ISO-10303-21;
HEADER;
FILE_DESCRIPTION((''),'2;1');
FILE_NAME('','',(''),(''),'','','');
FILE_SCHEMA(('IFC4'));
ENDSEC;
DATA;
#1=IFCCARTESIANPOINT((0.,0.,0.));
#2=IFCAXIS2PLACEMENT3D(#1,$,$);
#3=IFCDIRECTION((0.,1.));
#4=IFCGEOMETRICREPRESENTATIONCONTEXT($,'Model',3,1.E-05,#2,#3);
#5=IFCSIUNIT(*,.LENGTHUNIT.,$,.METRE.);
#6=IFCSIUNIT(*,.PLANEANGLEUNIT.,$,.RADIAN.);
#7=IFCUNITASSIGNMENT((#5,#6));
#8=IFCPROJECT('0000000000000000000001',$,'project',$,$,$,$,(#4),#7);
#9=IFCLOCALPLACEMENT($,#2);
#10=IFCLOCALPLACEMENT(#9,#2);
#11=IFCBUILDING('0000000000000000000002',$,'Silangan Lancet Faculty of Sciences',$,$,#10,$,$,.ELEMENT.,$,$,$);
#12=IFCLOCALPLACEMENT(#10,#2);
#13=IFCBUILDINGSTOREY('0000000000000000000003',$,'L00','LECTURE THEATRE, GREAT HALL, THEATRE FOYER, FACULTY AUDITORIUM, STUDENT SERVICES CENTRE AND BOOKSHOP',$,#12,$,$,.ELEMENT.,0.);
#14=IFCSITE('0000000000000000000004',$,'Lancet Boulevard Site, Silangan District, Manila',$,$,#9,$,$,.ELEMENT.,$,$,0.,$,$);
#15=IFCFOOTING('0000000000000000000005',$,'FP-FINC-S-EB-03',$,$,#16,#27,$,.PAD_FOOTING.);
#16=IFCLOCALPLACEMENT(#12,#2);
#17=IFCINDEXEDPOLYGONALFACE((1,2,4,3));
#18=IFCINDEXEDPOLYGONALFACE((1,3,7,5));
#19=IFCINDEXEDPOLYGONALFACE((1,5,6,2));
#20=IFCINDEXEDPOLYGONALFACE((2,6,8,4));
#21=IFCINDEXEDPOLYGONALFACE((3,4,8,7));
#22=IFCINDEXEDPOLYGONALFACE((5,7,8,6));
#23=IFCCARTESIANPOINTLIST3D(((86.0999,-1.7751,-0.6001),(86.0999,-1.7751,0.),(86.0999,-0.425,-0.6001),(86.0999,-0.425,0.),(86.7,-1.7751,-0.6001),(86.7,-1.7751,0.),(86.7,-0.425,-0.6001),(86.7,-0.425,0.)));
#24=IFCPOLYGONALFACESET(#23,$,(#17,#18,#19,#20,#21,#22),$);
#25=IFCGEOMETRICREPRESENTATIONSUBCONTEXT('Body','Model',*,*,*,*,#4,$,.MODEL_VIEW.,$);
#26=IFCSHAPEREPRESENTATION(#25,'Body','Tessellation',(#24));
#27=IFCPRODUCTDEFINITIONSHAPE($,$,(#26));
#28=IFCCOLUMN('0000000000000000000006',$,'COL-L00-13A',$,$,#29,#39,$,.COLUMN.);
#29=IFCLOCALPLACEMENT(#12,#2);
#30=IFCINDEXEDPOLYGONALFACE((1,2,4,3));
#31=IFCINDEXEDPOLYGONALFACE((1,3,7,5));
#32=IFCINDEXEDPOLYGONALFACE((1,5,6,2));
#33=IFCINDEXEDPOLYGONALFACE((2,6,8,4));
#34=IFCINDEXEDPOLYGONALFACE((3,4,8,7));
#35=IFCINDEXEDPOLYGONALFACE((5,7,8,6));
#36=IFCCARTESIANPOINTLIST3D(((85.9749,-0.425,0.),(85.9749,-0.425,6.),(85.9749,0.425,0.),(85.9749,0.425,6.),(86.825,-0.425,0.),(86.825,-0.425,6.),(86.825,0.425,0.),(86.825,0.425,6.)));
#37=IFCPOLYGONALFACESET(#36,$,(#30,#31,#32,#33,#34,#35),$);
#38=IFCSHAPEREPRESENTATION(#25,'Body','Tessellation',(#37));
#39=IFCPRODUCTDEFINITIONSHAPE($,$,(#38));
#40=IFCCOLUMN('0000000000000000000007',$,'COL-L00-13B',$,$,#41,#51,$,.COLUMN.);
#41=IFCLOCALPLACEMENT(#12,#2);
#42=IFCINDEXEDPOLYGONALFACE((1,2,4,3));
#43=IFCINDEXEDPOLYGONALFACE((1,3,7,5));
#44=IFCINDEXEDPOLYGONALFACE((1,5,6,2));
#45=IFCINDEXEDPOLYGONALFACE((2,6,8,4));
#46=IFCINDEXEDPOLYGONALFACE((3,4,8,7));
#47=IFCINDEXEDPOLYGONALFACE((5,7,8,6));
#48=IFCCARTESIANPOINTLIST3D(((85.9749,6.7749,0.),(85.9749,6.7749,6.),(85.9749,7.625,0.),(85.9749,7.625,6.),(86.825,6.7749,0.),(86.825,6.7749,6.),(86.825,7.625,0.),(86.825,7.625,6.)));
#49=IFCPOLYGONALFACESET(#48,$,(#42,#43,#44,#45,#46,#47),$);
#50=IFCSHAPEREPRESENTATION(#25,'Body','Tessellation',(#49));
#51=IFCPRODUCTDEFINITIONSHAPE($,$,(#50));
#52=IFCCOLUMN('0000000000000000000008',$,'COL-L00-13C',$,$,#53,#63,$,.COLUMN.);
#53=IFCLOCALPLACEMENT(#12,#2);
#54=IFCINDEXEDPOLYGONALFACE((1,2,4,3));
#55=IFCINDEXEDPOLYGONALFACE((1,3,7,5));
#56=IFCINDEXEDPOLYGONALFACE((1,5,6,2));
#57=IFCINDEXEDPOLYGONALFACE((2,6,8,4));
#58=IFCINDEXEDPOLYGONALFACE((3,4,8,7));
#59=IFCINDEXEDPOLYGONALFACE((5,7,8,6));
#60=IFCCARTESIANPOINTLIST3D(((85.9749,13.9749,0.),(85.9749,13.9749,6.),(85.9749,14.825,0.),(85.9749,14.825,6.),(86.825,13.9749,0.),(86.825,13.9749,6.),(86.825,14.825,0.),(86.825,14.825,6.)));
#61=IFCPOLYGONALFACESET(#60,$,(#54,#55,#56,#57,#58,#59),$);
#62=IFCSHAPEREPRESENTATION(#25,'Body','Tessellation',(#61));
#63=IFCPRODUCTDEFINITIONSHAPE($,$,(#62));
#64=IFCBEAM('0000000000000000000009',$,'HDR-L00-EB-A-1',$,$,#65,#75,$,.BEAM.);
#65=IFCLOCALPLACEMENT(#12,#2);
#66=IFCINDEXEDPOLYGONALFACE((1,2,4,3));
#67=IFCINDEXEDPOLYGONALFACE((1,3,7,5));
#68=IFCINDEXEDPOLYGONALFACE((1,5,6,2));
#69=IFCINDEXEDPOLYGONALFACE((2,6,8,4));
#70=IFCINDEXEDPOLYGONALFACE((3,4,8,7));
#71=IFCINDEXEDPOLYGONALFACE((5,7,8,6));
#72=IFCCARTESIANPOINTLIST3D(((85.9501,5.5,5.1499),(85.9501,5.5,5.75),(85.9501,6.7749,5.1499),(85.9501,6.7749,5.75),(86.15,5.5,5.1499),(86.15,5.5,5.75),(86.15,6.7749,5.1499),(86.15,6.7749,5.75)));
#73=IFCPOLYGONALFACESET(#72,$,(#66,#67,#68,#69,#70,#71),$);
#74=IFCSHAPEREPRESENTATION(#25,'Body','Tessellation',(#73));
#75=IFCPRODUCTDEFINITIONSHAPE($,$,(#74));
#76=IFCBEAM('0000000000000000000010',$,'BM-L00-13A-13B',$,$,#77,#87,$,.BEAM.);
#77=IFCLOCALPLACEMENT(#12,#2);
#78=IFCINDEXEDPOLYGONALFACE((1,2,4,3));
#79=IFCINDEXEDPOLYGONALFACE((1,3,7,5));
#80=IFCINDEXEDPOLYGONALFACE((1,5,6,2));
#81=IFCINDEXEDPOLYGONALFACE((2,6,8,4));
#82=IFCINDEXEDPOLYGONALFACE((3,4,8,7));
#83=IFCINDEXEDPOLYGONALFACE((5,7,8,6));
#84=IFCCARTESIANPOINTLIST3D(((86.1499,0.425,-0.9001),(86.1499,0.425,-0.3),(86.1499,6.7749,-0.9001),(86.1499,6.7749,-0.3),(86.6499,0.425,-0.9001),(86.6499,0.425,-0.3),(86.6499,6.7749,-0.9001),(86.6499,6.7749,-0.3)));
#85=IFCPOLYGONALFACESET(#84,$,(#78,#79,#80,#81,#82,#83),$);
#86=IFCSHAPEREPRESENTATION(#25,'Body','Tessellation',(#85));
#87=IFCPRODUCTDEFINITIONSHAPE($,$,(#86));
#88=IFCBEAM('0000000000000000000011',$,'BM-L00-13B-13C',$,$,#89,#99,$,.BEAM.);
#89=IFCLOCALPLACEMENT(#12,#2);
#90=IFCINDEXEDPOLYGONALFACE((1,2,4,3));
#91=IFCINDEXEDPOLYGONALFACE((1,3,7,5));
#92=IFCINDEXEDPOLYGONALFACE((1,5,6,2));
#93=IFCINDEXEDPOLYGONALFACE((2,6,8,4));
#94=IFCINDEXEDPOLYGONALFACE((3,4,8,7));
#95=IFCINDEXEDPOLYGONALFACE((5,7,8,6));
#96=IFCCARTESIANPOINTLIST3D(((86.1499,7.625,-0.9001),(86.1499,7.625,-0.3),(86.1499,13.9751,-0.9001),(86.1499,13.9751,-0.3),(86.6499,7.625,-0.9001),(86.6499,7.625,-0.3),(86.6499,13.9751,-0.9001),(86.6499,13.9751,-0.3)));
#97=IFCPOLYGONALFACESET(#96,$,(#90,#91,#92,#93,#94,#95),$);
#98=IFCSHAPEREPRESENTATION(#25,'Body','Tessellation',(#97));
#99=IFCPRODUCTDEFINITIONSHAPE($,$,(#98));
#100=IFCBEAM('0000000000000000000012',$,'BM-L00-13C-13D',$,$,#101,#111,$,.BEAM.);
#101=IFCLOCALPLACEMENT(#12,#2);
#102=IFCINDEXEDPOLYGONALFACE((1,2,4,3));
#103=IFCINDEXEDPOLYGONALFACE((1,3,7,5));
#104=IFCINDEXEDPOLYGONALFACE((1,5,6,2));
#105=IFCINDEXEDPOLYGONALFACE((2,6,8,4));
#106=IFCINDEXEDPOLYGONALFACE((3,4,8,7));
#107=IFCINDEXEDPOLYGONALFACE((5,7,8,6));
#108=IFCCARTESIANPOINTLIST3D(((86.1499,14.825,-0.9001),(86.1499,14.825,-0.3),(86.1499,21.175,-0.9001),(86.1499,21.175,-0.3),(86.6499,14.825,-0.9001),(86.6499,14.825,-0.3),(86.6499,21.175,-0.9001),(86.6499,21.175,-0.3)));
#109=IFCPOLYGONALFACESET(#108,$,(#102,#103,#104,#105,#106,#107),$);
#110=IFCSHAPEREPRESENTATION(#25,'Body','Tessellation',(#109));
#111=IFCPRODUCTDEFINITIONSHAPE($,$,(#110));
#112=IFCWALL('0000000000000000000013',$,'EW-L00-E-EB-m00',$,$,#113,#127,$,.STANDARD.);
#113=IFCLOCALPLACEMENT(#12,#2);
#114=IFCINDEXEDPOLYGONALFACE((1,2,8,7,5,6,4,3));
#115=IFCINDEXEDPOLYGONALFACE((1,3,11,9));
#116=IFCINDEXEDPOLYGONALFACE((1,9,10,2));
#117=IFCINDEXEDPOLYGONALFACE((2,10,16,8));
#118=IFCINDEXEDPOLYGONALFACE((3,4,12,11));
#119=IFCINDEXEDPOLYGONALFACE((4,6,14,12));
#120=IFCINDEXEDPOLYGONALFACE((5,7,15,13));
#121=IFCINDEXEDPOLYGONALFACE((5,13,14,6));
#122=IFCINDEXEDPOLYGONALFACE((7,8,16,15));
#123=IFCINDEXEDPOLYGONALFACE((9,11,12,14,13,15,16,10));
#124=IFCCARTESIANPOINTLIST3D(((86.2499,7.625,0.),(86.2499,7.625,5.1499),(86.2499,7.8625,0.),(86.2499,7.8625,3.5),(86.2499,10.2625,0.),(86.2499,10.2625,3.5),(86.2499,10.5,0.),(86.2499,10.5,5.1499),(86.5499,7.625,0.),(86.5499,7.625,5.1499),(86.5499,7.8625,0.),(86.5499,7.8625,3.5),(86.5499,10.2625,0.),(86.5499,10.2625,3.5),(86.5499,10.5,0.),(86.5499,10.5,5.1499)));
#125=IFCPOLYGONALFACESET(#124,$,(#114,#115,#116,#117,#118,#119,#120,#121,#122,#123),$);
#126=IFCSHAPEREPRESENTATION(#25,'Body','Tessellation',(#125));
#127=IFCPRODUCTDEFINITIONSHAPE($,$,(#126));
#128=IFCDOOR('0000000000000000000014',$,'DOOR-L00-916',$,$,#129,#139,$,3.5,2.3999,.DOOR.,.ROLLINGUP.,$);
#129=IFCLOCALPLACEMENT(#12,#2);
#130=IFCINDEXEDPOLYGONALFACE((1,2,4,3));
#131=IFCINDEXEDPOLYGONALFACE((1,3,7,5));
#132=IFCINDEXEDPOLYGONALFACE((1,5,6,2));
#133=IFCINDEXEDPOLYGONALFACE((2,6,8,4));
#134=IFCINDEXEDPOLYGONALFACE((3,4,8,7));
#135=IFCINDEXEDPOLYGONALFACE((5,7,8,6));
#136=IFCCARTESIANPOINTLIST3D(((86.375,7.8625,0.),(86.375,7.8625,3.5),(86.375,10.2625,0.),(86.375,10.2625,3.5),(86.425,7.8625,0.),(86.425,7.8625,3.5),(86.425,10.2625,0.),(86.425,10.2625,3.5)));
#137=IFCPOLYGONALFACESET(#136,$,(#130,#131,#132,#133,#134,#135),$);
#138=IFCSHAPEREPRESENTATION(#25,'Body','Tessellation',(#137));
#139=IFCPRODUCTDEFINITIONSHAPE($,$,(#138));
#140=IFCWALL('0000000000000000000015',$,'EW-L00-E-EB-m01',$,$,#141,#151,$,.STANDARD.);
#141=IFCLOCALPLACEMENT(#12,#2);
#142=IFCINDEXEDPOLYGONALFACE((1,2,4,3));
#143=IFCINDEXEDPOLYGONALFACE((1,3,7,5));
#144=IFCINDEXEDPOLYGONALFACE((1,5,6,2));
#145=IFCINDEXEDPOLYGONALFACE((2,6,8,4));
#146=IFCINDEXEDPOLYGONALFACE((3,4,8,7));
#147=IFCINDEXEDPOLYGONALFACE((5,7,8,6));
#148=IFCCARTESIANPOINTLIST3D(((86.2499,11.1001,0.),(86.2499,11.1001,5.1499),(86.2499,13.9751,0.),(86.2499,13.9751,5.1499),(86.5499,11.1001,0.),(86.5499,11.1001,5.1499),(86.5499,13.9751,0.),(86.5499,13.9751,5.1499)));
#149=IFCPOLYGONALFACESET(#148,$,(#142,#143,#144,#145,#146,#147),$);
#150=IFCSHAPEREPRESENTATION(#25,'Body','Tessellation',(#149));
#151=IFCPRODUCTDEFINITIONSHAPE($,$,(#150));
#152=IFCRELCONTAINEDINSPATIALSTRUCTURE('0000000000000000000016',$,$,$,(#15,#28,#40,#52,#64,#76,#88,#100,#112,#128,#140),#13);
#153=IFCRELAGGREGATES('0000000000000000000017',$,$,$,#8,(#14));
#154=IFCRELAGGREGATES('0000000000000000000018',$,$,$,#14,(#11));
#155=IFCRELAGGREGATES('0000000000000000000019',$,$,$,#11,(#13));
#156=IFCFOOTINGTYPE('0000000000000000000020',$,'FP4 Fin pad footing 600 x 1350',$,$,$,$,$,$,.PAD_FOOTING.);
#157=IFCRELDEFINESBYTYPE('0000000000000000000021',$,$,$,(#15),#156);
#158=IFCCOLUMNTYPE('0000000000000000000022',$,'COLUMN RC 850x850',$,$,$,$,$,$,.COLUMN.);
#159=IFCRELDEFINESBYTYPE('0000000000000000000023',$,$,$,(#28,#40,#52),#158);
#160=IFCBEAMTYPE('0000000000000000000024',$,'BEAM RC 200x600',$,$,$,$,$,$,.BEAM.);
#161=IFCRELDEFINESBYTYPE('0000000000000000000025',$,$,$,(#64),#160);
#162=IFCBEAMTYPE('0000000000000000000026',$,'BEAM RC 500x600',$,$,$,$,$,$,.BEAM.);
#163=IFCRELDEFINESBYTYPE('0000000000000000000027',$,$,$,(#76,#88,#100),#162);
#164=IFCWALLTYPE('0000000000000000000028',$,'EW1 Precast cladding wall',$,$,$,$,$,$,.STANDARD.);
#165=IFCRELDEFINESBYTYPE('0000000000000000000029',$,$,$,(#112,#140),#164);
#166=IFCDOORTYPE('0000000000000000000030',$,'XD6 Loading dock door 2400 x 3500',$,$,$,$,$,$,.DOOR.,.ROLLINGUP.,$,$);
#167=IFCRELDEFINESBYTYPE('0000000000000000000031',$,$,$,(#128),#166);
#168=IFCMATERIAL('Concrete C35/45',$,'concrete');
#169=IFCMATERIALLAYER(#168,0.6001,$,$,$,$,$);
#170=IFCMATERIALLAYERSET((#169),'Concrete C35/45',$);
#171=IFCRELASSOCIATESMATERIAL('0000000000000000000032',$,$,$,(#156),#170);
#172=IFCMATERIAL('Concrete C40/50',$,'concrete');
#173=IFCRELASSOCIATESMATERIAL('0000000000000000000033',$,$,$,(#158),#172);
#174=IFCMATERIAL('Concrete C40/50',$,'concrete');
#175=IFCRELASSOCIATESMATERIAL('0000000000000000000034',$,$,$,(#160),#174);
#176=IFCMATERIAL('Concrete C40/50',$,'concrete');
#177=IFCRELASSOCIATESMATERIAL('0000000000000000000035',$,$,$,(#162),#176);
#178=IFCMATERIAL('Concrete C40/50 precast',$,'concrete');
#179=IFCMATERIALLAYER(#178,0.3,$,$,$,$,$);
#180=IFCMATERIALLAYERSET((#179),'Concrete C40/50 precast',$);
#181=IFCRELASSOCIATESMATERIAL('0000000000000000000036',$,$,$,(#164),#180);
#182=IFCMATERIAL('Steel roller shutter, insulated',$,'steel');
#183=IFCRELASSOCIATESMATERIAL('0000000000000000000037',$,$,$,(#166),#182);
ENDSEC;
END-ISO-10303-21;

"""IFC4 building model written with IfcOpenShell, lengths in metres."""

from ifc_helpers import new_model, si_unit, direction, frame, frame_2d, origin, origin_2d, place, context, subcontext, project, spatial, rectangle, extrude, material, layer, layer_set, material_profile, profile_set, type_object, element, fill, save


model = new_model("IFC4")

# Units and contexts
model_context = context("Model", 3, precision=1e-05, world=origin(), true_north=direction((0.0, 1.0)))
body_context = subcontext(model_context, "Body", "Model", "MODEL_VIEW")
ifc_project = project(units=[si_unit("LENGTHUNIT", "METRE"), si_unit("PLANEANGLEUNIT", "RADIAN")], contexts=[model_context])

# Site, building, storey
site_placement = place(None, origin())
site = spatial("IfcSite", under=ifc_project, at=site_placement, Name="Lancet Boulevard Site, Silangan District, Manila", CompositionType="ELEMENT", RefElevation=0.0)
building_placement = place(site_placement, origin())
building = spatial("IfcBuilding", under=site, at=building_placement, Name="Silangan Lancet Faculty of Sciences", CompositionType="ELEMENT")
storey_placement = place(building_placement, origin())
storey = spatial("IfcBuildingStorey", under=building, at=storey_placement, Name="L00", Description="LECTURE THEATRE, GREAT HALL, THEATRE FOYER, FACULTY AUDITORIUM, STUDENT SERVICES CENTRE AND BOOKSHOP", CompositionType="ELEMENT", Elevation=0.0)

# Footing
ifc_material_1 = material(Name="Concrete C35/45", Category="concrete")
ifc_layer_1 = layer(ifc_material_1, 0.6001)
ifc_layer_set_1 = layer_set([ifc_layer_1], Name="Concrete C35/45")
footing_type = type_object("IfcFootingType", Name="FP4 Fin pad footing 600 x 1350", PredefinedType="PAD_FOOTING", material=ifc_layer_set_1)
footing_placement = place(storey_placement, frame((86.3999, -1.1001, -0.6001), z_axis=(0.0, 0.0, 1.0), x_axis=(1.0, 0.0, 0.0)))
element("IfcFooting", 1, at=footing_placement, inside=storey, type_object=footing_type, Name="FP-FINC-S-EB-03", PredefinedType="PAD_FOOTING", context=body_context, shape_type="SweptSolid", body=[
    extrude(rectangle(XDim=0.6001, YDim=1.3501, at=origin_2d()), origin(), (0.0, 0.0, 1.0), 0.6001),
])

# Columns
ifc_material_2 = material(Name="Concrete C40/50", Category="concrete")
ifc_material_profile_1 = material_profile(ifc_material_2, rectangle(XDim=0.8501, YDim=0.8501, at=origin_2d()), Name="RC 850x850")
ifc_profile_set_1 = profile_set([ifc_material_profile_1], Name="Concrete C40/50")
column_type = type_object("IfcColumnType", Name="COLUMN RC 850x850", PredefinedType="COLUMN", material=ifc_profile_set_1)
for number, where, z_axis, x_axis, name in (
    (2, (86.3999, 0.0, 0.0), (0.0, 0.0, 1.0), (1.0, 0.0, 0.0), "COL-L00-13A"),
    (3, (86.3999, 7.2, 0.0), (0.0, 0.0, 1.0), (1.0, 0.0, 0.0), "COL-L00-13B"),
    (4, (86.3999, 14.3999, 0.0), (0.0, 0.0, 1.0), (1.0, 0.0, 0.0), "COL-L00-13C"),
):
    element("IfcColumn", number, at=place(storey_placement, frame(where, z_axis=z_axis, x_axis=x_axis)), inside=storey, type_object=column_type, Name=name, PredefinedType="COLUMN", context=body_context, shape_type="SweptSolid", body=[
        extrude(rectangle(XDim=0.8501, YDim=0.8501, at=origin_2d()), origin(), (0.0, 0.0, 1.0), 6.0),
    ])

# Beams
ifc_material_3 = material(Name="Concrete C40/50", Category="concrete")
ifc_material_profile_2 = material_profile(ifc_material_3, rectangle(XDim=0.2, YDim=0.6001, at=origin_2d()), Name="RC 200x600")
ifc_profile_set_2 = profile_set([ifc_material_profile_2], Name="Concrete C40/50")
beam_type_1 = type_object("IfcBeamType", Name="BEAM RC 200x600", PredefinedType="BEAM", material=ifc_profile_set_2)
beam_1_placement = place(storey_placement, frame((86.05, 5.5, 5.45), z_axis=(0.0, 1.0, 0.0), x_axis=(-1.0, 0.0, 0.0)))
element("IfcBeam", 5, at=beam_1_placement, inside=storey, type_object=beam_type_1, Name="HDR-L00-EB-A-1", PredefinedType="BEAM", context=body_context, shape_type="SweptSolid", body=[
    extrude(rectangle(XDim=0.2, YDim=0.6001, at=origin_2d()), origin(), (0.0, 0.0, 1.0), 1.2749),
])
ifc_material_4 = material(Name="Concrete C40/50", Category="concrete")
ifc_material_profile_3 = material_profile(ifc_material_4, rectangle(XDim=0.5, YDim=0.6001, at=origin_2d()), Name="RC 500x600")
ifc_profile_set_3 = profile_set([ifc_material_profile_3], Name="Concrete C40/50")
beam_type_2 = type_object("IfcBeamType", Name="BEAM RC 500x600", PredefinedType="BEAM", material=ifc_profile_set_3)
beam_2_placement = place(storey_placement, frame((86.3999, 0.425, -0.6001), z_axis=(0.0, 1.0, 0.0), x_axis=(-1.0, 0.0, 0.0)))
element("IfcBeam", 6, at=beam_2_placement, inside=storey, type_object=beam_type_2, Name="BM-L00-13A-13B", PredefinedType="BEAM", context=body_context, shape_type="SweptSolid", body=[
    extrude(rectangle(XDim=0.5, YDim=0.6001, at=origin_2d()), origin(), (0.0, 0.0, 1.0), 6.3499),
])
for number, where, z_axis, x_axis, name in (
    (7, (86.3999, 7.625, -0.6001), (0.0, 1.0, 0.0), (-1.0, 0.0, 0.0), "BM-L00-13B-13C"),
    (8, (86.3999, 14.825, -0.6001), (0.0, 1.0, 0.0), (-1.0, 0.0, 0.0), "BM-L00-13C-13D"),
):
    element("IfcBeam", number, at=place(storey_placement, frame(where, z_axis=z_axis, x_axis=x_axis)), inside=storey, type_object=beam_type_2, Name=name, PredefinedType="BEAM", context=body_context, shape_type="SweptSolid", body=[
        extrude(rectangle(XDim=0.5, YDim=0.6001, at=origin_2d()), origin(), (0.0, 0.0, 1.0), 6.3501),
    ])

# Wall, opening, door
ifc_material_5 = material(Name="Concrete C40/50 precast", Category="concrete")
ifc_layer_2 = layer(ifc_material_5, 0.3)
ifc_layer_set_2 = layer_set([ifc_layer_2], Name="Concrete C40/50 precast")
wall_type_1 = type_object("IfcWallType", Name="EW1 Precast cladding wall", PredefinedType="STANDARD", material=ifc_layer_set_2)
wall_1_placement = place(storey_placement, frame((86.3999, 7.625, 0.0), z_axis=(0.0, 0.0, 1.0), x_axis=(0.0, 1.0, 0.0)))
wall_1 = element("IfcWall", 9, at=wall_1_placement, inside=storey, type_object=wall_type_1, Name="EW-L00-E-EB-m00", PredefinedType="STANDARD", context=body_context, shape_type="SweptSolid", body=[
    extrude(rectangle(XDim=2.875, YDim=0.3, at=frame_2d((1.4375, 0.0))), origin(), (0.0, 0.0, 1.0), 5.1499),
])
opening_1_placement = place(wall_1_placement, frame((0.2375, 0.0, 0.0)))
opening_1 = element("IfcOpeningElement", 10, at=opening_1_placement, cuts=wall_1, PredefinedType="OPENING", context=body_context, shape_type="SweptSolid", body=[
    extrude(rectangle(XDim=2.3999, YDim=3.5, at=frame_2d((1.2, 1.75))), frame((0.0, 0.1599, 0.0), z_axis=(0.0, -1.0, 0.0), x_axis=(1.0, 0.0, 0.0)), (0.0, 0.0, 1.0), 0.3201),
])
ifc_material_6 = material(Name="Steel roller shutter, insulated", Category="steel")
door_type_1 = type_object("IfcDoorType", Name="XD6 Loading dock door 2400 x 3500", OperationType="ROLLINGUP", PredefinedType="DOOR", material=ifc_material_6)
door_1_placement = place(opening_1_placement, frame((2.3999, 0.0, 0.0), z_axis=(0.0, 0.0, 1.0), x_axis=(-1.0, 0.0, 0.0)))
door_1 = element("IfcDoor", 11, at=door_1_placement, inside=storey, type_object=door_type_1, Name="DOOR-L00-916", OperationType="ROLLINGUP", OverallHeight=3.5, OverallWidth=2.3999, PredefinedType="DOOR", context=body_context, shape_type="SweptSolid", body=[
    extrude(rectangle(XDim=2.3999, YDim=3.5, at=frame_2d((1.2, 1.75))), frame((0.0, 0.0251, 0.0), z_axis=(0.0, -1.0, 0.0), x_axis=(1.0, 0.0, 0.0)), (0.0, 0.0, 1.0), 0.05),
])
fill(opening_1, door_1)

# Wall
wall_2_placement = place(storey_placement, frame((86.3999, 11.1001, 0.0), z_axis=(0.0, 0.0, 1.0), x_axis=(0.0, 1.0, 0.0)))
element("IfcWall", 12, at=wall_2_placement, inside=storey, type_object=wall_type_1, Name="EW-L00-E-EB-m01", PredefinedType="STANDARD", context=body_context, shape_type="SweptSolid", body=[
    extrude(rectangle(XDim=2.875, YDim=0.3, at=frame_2d((1.4375, 0.0))), origin(), (0.0, 0.0, 1.0), 5.1499),
])

save(model, "model.ifc")
